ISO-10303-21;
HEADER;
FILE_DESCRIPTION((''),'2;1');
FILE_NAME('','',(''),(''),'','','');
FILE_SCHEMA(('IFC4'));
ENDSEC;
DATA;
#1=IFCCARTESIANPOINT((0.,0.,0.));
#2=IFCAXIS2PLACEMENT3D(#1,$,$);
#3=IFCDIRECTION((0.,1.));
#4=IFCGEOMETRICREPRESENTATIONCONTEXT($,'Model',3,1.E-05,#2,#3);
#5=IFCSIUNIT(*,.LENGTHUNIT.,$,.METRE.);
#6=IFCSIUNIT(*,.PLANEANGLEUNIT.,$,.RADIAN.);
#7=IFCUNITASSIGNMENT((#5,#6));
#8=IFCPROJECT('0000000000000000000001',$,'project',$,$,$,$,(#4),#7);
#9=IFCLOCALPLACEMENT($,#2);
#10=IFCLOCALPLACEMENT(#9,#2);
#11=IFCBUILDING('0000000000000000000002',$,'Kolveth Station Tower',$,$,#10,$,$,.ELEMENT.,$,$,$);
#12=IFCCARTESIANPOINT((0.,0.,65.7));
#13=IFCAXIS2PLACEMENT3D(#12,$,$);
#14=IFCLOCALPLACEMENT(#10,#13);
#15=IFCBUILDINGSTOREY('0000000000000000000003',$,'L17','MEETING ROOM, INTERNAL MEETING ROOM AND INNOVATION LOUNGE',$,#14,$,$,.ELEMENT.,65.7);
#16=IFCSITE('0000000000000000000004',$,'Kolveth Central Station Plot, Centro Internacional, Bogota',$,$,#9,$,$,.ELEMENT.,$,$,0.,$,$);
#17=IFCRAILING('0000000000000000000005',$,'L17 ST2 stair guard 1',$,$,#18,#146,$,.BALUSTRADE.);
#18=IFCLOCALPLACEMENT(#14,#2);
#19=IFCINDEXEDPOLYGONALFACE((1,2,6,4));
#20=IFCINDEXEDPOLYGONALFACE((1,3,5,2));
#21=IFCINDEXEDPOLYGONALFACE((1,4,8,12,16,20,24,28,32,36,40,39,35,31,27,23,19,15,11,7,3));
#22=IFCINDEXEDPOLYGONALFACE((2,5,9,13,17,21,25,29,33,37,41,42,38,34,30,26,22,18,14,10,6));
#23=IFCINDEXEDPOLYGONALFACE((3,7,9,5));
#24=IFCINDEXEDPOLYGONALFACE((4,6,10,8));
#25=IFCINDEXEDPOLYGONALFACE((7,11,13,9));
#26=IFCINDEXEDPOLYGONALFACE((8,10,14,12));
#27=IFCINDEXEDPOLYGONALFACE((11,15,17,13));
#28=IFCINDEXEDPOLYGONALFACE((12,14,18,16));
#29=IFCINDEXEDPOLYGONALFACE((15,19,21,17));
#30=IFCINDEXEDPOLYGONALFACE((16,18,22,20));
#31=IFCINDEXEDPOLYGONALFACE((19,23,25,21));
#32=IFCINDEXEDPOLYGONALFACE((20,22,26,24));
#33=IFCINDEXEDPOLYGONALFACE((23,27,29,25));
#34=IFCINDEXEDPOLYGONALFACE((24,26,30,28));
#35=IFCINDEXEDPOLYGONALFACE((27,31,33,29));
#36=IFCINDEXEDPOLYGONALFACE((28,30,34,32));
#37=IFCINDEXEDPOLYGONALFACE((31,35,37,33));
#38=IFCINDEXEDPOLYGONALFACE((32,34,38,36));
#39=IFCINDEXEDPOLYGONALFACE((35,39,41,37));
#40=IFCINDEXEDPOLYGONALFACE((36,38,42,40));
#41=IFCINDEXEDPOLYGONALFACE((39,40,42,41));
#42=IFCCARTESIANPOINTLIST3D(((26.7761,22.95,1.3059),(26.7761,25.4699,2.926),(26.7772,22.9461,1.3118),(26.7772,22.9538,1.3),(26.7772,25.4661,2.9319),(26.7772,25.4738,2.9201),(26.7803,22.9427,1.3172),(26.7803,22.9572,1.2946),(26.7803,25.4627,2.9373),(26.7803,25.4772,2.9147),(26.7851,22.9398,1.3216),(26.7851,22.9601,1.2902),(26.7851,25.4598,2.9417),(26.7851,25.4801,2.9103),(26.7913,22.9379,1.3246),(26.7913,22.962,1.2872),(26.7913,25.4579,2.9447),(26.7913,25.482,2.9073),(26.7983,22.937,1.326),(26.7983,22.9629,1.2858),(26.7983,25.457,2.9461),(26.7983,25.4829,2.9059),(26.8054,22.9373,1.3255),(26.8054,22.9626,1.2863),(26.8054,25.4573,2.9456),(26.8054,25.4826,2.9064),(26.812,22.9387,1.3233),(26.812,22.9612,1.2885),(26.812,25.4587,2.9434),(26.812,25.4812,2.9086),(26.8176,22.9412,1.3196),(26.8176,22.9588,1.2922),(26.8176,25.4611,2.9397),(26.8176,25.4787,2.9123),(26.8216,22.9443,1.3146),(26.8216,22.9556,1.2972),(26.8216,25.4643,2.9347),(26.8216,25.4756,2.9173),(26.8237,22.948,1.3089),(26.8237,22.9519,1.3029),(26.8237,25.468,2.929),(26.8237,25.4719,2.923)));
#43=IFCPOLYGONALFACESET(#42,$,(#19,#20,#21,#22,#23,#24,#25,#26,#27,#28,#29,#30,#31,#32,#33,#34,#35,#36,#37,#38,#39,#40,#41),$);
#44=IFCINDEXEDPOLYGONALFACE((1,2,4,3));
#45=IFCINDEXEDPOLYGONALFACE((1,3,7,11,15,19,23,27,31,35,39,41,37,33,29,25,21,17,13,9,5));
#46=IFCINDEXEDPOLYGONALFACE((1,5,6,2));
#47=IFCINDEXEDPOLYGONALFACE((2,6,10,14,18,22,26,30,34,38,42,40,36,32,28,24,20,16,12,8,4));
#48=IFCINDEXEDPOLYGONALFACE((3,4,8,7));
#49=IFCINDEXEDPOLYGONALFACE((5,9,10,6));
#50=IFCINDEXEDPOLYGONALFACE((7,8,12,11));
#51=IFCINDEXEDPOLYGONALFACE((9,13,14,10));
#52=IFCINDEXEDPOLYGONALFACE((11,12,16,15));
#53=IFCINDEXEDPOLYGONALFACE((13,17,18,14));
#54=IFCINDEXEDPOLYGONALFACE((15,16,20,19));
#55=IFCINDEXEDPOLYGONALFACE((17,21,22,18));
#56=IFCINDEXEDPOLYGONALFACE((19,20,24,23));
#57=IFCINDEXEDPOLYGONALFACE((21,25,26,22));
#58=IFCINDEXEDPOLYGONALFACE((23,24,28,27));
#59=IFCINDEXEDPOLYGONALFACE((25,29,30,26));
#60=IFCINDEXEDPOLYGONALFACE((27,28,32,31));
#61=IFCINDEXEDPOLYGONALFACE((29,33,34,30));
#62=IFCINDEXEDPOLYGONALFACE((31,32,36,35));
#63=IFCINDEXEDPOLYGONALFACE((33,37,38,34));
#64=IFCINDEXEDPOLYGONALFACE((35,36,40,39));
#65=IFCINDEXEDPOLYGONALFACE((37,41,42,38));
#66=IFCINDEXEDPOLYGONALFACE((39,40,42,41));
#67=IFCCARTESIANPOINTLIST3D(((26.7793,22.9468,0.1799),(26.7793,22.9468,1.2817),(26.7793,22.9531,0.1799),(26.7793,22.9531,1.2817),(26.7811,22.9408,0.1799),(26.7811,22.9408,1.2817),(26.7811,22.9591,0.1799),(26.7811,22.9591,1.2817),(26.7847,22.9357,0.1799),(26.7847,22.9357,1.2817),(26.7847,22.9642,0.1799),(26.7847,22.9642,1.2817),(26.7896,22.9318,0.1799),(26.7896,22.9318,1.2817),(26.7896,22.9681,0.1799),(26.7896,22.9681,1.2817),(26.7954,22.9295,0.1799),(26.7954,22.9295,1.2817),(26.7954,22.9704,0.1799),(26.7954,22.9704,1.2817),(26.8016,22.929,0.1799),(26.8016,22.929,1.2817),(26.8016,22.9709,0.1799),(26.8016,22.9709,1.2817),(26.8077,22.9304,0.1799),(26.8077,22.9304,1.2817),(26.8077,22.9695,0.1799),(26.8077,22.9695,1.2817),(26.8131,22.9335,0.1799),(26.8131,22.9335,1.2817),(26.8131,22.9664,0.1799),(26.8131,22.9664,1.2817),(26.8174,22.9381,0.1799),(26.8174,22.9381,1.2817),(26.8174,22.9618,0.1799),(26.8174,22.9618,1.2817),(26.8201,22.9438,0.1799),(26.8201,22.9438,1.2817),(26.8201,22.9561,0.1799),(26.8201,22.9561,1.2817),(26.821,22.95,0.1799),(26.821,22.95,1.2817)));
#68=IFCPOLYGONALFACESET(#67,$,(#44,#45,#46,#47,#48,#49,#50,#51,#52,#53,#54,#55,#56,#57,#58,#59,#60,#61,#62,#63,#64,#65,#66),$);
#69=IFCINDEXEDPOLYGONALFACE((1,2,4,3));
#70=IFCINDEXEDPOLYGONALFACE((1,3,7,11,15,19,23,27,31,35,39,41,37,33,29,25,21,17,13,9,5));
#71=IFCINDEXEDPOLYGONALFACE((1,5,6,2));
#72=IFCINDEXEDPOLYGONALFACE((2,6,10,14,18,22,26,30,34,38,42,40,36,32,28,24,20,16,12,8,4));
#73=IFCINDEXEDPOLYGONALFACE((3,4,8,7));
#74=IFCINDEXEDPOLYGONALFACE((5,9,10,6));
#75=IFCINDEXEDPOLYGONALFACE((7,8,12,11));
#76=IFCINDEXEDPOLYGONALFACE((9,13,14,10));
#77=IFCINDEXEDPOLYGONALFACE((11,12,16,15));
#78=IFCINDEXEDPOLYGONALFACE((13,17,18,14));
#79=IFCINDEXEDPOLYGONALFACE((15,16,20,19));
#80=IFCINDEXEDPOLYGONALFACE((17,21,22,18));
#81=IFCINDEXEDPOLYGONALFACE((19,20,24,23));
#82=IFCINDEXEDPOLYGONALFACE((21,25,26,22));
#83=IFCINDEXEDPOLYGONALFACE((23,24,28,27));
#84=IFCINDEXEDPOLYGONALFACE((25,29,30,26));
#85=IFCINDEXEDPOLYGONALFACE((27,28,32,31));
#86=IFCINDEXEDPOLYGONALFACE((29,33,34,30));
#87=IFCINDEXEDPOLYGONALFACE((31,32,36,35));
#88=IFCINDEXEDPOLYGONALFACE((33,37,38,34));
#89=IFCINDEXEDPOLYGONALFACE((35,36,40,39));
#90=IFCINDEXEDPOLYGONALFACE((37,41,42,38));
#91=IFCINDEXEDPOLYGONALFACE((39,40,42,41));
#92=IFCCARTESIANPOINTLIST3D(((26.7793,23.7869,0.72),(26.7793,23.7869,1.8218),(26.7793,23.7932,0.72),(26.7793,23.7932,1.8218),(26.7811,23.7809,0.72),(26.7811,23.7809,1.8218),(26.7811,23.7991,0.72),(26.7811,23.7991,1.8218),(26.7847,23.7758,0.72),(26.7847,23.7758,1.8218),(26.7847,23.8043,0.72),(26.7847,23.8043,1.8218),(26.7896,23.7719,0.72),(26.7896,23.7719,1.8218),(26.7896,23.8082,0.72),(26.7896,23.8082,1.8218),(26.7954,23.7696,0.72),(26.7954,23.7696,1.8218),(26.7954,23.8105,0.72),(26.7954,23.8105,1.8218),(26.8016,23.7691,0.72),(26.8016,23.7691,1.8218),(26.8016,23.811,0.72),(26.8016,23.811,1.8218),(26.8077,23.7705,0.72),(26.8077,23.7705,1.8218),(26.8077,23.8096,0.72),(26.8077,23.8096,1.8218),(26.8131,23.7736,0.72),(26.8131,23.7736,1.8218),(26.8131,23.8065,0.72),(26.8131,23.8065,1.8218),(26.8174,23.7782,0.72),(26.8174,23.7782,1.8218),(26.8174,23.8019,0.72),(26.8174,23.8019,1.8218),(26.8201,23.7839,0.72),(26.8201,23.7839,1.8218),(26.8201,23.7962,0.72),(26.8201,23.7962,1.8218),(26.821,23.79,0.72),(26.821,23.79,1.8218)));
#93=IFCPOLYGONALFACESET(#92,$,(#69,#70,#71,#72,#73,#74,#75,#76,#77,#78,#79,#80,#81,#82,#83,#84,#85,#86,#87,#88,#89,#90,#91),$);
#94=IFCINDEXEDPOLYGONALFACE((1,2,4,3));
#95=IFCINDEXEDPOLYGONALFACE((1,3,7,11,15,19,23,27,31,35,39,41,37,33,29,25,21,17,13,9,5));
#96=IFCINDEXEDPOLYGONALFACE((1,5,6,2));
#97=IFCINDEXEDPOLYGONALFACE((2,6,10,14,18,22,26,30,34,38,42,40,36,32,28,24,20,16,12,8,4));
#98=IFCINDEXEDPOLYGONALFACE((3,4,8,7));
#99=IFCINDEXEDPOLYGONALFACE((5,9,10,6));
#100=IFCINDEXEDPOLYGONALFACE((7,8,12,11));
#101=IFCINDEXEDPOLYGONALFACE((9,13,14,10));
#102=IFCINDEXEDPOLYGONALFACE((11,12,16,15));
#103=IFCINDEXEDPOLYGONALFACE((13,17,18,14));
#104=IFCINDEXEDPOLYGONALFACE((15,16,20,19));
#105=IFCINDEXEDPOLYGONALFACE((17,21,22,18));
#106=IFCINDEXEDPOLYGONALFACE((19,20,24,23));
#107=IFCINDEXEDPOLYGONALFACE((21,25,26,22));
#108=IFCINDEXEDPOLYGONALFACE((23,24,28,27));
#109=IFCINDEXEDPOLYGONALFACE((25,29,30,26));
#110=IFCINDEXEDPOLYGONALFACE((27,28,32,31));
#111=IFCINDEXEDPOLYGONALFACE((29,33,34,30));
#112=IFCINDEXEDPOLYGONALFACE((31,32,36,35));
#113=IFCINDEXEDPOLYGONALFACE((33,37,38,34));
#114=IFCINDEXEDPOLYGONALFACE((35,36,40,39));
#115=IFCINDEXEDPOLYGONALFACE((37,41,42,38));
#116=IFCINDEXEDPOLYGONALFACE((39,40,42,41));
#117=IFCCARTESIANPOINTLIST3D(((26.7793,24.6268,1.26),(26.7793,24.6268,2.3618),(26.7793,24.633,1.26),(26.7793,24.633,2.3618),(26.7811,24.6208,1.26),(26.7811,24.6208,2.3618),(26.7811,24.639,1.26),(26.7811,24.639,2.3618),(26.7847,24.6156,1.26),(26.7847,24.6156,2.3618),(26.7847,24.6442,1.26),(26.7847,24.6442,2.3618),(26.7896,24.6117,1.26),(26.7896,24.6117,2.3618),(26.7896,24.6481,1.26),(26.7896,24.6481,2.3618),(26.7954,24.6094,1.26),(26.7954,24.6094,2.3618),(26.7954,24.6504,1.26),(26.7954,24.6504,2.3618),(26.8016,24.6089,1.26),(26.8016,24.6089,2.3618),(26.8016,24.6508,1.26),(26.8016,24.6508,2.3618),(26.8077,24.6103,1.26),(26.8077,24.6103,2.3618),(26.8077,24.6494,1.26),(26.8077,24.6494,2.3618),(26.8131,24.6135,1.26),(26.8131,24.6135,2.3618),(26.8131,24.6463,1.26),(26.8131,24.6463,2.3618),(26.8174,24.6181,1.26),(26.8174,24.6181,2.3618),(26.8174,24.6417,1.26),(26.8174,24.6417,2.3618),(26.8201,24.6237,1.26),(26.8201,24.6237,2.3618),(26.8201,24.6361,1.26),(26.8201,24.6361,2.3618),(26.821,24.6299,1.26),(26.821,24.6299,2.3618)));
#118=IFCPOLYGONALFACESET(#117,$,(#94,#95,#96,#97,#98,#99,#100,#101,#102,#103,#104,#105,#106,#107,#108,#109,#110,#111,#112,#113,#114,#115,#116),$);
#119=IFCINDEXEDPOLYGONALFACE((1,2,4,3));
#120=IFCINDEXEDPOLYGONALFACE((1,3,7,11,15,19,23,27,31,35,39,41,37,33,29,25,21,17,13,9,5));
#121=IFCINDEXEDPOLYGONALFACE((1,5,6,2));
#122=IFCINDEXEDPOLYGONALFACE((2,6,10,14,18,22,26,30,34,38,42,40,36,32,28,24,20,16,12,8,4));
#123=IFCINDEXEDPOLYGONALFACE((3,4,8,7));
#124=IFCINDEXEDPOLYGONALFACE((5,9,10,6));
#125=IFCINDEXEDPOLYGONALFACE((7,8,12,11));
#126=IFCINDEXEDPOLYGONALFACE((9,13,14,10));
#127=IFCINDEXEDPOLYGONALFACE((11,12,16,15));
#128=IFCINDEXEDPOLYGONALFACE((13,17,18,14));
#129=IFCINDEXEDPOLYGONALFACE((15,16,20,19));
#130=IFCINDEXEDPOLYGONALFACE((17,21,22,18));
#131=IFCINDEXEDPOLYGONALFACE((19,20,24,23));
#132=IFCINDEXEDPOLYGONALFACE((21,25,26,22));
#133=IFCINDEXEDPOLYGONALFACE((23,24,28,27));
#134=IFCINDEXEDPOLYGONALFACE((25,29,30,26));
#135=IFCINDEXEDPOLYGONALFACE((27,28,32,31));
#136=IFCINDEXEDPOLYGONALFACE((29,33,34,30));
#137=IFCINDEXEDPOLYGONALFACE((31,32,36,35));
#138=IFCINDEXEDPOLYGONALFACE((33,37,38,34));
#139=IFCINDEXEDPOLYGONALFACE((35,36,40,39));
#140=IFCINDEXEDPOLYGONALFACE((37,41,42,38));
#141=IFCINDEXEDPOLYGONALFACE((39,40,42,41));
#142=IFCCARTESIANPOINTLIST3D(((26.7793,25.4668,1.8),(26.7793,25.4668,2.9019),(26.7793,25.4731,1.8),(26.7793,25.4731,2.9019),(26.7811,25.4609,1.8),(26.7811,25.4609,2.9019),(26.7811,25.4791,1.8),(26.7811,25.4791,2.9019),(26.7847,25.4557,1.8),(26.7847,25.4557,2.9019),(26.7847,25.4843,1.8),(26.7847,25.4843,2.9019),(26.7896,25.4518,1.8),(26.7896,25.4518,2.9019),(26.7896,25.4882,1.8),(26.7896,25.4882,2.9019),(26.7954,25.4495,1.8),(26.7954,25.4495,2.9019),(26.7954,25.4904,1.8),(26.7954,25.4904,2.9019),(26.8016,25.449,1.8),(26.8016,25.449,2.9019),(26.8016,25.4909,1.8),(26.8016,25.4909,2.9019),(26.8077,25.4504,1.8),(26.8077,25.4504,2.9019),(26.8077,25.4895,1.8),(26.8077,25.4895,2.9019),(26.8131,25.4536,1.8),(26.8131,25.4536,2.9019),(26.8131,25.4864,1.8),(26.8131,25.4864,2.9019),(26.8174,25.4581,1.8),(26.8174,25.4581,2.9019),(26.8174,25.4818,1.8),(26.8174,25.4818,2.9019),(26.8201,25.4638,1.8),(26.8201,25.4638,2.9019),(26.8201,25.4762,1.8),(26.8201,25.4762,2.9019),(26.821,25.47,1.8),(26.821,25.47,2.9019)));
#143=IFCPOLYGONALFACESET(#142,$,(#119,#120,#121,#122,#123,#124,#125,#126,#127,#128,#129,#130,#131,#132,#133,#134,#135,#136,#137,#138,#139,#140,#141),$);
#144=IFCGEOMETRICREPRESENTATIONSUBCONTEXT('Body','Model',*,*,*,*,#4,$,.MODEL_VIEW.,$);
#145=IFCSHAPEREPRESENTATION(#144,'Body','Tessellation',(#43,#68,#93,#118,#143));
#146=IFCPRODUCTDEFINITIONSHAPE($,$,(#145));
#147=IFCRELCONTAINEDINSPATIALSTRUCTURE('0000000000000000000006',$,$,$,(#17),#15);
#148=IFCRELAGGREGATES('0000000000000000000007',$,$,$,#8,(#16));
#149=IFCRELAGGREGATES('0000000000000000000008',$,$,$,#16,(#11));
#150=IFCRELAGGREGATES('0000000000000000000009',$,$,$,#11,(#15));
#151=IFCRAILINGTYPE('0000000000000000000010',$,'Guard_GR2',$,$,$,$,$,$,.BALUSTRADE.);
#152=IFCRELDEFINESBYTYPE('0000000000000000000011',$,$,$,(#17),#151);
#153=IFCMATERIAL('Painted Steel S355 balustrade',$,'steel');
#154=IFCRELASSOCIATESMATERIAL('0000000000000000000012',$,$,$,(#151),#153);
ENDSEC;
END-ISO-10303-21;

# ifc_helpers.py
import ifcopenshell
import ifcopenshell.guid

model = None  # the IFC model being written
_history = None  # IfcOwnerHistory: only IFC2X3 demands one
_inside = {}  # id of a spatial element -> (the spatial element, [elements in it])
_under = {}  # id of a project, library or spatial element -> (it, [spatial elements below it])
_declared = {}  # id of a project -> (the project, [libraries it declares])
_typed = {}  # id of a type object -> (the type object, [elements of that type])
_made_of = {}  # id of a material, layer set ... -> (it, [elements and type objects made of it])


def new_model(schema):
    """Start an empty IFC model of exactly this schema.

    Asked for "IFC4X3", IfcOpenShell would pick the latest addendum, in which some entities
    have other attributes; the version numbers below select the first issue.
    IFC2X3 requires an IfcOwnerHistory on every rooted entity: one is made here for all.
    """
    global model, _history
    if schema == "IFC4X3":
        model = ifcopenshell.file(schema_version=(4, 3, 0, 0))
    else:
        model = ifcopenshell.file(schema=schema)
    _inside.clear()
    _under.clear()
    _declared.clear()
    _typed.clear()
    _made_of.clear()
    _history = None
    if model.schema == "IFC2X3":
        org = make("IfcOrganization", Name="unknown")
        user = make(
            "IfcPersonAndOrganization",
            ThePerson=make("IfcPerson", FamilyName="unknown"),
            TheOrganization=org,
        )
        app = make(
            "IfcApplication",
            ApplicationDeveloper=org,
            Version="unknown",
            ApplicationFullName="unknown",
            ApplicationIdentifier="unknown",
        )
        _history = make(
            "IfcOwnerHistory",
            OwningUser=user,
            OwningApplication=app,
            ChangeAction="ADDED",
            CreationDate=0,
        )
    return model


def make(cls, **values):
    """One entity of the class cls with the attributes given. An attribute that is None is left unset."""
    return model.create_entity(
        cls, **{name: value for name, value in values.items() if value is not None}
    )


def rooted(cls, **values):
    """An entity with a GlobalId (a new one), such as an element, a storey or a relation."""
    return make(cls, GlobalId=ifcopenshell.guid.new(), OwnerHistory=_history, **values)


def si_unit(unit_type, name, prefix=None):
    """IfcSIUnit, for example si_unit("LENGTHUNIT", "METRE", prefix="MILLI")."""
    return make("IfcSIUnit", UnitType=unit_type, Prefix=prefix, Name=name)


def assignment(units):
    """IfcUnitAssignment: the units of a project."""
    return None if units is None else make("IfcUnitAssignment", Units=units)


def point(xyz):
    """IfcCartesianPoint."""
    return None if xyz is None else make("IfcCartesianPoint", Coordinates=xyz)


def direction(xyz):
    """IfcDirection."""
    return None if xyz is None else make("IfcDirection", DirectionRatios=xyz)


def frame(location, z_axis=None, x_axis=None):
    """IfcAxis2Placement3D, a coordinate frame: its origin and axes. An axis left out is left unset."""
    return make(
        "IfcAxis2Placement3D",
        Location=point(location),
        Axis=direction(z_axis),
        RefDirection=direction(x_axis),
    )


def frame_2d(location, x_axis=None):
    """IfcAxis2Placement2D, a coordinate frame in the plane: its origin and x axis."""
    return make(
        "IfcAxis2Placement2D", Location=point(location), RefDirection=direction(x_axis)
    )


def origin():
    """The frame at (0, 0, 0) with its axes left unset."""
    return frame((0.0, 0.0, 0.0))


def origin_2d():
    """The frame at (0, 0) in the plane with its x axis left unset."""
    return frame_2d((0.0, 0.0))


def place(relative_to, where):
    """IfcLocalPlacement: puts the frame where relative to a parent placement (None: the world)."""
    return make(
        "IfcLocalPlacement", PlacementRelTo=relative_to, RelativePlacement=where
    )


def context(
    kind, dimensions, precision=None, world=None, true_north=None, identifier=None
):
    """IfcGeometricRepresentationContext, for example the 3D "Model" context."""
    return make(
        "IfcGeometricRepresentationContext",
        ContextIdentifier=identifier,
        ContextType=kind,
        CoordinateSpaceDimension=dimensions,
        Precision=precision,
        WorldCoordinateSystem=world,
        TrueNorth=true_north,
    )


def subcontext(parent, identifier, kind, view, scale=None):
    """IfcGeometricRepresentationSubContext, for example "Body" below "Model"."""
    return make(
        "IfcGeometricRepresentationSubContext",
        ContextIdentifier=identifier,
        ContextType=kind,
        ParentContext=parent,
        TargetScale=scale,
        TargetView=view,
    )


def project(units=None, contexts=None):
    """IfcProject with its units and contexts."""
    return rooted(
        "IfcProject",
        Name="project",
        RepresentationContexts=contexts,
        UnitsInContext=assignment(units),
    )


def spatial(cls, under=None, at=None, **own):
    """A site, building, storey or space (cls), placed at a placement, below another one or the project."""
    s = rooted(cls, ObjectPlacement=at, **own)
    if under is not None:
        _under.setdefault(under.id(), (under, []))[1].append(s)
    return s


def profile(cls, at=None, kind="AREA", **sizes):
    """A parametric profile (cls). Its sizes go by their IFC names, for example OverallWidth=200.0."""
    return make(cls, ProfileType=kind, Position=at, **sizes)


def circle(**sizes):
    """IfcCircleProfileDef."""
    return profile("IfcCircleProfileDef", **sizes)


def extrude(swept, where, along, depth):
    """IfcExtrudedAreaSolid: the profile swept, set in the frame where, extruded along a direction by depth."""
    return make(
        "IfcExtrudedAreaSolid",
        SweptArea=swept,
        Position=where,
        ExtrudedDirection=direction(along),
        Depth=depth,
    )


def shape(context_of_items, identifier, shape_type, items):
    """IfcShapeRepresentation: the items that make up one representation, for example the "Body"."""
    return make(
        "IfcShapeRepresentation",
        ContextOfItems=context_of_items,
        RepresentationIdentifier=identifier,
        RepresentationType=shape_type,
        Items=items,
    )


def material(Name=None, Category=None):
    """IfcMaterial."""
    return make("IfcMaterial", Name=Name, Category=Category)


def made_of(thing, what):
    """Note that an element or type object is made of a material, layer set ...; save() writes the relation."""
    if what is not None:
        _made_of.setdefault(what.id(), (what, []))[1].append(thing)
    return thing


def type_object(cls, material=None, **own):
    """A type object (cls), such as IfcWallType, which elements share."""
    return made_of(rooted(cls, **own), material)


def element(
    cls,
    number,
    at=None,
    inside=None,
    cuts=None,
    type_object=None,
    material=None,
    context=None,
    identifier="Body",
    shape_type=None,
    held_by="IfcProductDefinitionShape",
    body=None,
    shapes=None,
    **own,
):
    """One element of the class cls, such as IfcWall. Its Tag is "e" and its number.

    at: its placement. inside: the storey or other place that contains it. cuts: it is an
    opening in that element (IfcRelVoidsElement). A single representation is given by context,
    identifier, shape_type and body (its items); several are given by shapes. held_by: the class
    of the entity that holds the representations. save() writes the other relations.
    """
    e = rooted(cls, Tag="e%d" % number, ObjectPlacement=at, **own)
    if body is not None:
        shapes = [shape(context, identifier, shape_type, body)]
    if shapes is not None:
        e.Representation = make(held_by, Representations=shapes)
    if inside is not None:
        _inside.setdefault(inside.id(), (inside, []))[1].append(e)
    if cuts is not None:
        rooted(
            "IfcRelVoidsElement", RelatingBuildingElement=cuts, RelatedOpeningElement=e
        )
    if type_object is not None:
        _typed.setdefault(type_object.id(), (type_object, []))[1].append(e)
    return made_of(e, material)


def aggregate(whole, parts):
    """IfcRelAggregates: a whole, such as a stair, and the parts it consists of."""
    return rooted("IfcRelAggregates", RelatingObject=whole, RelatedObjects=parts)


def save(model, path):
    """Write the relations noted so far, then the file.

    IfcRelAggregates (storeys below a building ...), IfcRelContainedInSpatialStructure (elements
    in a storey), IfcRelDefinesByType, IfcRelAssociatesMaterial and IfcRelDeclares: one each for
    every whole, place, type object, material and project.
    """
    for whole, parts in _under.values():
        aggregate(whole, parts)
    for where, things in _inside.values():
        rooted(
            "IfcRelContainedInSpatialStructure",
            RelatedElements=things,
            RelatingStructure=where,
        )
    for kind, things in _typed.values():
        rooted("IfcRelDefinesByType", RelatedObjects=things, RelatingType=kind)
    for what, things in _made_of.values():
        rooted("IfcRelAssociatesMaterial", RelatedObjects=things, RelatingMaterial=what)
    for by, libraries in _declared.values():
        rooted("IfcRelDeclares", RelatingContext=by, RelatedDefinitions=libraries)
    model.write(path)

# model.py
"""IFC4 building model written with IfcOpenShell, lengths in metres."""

from ifc_helpers import new_model, si_unit, direction, frame, origin, origin_2d, place, context, subcontext, project, spatial, circle, extrude, material, type_object, element, save


model = new_model("IFC4")

# Units and contexts
model_context = context("Model", 3, precision=1e-05, world=origin(), true_north=direction((0.0, 1.0)))
body_context = subcontext(model_context, "Body", "Model", "MODEL_VIEW")
ifc_project = project(units=[si_unit("LENGTHUNIT", "METRE"), si_unit("PLANEANGLEUNIT", "RADIAN")], contexts=[model_context])

# Site, building, storey
site_placement = place(None, origin())
site = spatial("IfcSite", under=ifc_project, at=site_placement, Name="Kolveth Central Station Plot, Centro Internacional, Bogota", CompositionType="ELEMENT", RefElevation=0.0)
building_placement = place(site_placement, origin())
building = spatial("IfcBuilding", under=site, at=building_placement, Name="Kolveth Station Tower", CompositionType="ELEMENT")
storey_placement = place(building_placement, frame((0.0, 0.0, 65.7)))
storey = spatial("IfcBuildingStorey", under=building, at=storey_placement, Name="L17", Description="MEETING ROOM, INTERNAL MEETING ROOM AND INNOVATION LOUNGE", CompositionType="ELEMENT", Elevation=65.7)

# Railing
ifc_material_1 = material(Name="Painted Steel S355 balustrade", Category="steel")
railing_type_1 = type_object("IfcRailingType", Name="Guard_GR2", PredefinedType="BALUSTRADE", material=ifc_material_1)
railing_1_placement = place(storey_placement, frame((26.8, 22.95, 0.1799)))
element("IfcRailing", 1, at=railing_1_placement, inside=storey, type_object=railing_type_1, Name="L17 ST2 stair guard 1", PredefinedType="BALUSTRADE", context=body_context, shape_type="SweptSolid", body=[
    extrude(circle(Radius=0.0239, at=origin_2d()), frame((0.0, 0.0, 1.126), z_axis=(0.0, 0.841163, 0.540782), x_axis=(-1.0, 0.0, 0.0)), (0.0, 0.0, 1.0), 2.9958),
    extrude(circle(Radius=0.021, at=origin_2d()), origin(), (0.0, 0.0, 1.0), 1.1018),
    extrude(circle(Radius=0.021, at=origin_2d()), frame((0.0, 0.8401, 0.54)), (0.0, 0.0, 1.0), 1.1018),
    extrude(circle(Radius=0.021, at=origin_2d()), frame((0.0, 1.6799, 1.0801)), (0.0, 0.0, 1.0), 1.1018),
    extrude(circle(Radius=0.021, at=origin_2d()), frame((0.0, 2.52, 1.6201)), (0.0, 0.0, 1.0), 1.1018),
])

save(model, "model.ifc")
